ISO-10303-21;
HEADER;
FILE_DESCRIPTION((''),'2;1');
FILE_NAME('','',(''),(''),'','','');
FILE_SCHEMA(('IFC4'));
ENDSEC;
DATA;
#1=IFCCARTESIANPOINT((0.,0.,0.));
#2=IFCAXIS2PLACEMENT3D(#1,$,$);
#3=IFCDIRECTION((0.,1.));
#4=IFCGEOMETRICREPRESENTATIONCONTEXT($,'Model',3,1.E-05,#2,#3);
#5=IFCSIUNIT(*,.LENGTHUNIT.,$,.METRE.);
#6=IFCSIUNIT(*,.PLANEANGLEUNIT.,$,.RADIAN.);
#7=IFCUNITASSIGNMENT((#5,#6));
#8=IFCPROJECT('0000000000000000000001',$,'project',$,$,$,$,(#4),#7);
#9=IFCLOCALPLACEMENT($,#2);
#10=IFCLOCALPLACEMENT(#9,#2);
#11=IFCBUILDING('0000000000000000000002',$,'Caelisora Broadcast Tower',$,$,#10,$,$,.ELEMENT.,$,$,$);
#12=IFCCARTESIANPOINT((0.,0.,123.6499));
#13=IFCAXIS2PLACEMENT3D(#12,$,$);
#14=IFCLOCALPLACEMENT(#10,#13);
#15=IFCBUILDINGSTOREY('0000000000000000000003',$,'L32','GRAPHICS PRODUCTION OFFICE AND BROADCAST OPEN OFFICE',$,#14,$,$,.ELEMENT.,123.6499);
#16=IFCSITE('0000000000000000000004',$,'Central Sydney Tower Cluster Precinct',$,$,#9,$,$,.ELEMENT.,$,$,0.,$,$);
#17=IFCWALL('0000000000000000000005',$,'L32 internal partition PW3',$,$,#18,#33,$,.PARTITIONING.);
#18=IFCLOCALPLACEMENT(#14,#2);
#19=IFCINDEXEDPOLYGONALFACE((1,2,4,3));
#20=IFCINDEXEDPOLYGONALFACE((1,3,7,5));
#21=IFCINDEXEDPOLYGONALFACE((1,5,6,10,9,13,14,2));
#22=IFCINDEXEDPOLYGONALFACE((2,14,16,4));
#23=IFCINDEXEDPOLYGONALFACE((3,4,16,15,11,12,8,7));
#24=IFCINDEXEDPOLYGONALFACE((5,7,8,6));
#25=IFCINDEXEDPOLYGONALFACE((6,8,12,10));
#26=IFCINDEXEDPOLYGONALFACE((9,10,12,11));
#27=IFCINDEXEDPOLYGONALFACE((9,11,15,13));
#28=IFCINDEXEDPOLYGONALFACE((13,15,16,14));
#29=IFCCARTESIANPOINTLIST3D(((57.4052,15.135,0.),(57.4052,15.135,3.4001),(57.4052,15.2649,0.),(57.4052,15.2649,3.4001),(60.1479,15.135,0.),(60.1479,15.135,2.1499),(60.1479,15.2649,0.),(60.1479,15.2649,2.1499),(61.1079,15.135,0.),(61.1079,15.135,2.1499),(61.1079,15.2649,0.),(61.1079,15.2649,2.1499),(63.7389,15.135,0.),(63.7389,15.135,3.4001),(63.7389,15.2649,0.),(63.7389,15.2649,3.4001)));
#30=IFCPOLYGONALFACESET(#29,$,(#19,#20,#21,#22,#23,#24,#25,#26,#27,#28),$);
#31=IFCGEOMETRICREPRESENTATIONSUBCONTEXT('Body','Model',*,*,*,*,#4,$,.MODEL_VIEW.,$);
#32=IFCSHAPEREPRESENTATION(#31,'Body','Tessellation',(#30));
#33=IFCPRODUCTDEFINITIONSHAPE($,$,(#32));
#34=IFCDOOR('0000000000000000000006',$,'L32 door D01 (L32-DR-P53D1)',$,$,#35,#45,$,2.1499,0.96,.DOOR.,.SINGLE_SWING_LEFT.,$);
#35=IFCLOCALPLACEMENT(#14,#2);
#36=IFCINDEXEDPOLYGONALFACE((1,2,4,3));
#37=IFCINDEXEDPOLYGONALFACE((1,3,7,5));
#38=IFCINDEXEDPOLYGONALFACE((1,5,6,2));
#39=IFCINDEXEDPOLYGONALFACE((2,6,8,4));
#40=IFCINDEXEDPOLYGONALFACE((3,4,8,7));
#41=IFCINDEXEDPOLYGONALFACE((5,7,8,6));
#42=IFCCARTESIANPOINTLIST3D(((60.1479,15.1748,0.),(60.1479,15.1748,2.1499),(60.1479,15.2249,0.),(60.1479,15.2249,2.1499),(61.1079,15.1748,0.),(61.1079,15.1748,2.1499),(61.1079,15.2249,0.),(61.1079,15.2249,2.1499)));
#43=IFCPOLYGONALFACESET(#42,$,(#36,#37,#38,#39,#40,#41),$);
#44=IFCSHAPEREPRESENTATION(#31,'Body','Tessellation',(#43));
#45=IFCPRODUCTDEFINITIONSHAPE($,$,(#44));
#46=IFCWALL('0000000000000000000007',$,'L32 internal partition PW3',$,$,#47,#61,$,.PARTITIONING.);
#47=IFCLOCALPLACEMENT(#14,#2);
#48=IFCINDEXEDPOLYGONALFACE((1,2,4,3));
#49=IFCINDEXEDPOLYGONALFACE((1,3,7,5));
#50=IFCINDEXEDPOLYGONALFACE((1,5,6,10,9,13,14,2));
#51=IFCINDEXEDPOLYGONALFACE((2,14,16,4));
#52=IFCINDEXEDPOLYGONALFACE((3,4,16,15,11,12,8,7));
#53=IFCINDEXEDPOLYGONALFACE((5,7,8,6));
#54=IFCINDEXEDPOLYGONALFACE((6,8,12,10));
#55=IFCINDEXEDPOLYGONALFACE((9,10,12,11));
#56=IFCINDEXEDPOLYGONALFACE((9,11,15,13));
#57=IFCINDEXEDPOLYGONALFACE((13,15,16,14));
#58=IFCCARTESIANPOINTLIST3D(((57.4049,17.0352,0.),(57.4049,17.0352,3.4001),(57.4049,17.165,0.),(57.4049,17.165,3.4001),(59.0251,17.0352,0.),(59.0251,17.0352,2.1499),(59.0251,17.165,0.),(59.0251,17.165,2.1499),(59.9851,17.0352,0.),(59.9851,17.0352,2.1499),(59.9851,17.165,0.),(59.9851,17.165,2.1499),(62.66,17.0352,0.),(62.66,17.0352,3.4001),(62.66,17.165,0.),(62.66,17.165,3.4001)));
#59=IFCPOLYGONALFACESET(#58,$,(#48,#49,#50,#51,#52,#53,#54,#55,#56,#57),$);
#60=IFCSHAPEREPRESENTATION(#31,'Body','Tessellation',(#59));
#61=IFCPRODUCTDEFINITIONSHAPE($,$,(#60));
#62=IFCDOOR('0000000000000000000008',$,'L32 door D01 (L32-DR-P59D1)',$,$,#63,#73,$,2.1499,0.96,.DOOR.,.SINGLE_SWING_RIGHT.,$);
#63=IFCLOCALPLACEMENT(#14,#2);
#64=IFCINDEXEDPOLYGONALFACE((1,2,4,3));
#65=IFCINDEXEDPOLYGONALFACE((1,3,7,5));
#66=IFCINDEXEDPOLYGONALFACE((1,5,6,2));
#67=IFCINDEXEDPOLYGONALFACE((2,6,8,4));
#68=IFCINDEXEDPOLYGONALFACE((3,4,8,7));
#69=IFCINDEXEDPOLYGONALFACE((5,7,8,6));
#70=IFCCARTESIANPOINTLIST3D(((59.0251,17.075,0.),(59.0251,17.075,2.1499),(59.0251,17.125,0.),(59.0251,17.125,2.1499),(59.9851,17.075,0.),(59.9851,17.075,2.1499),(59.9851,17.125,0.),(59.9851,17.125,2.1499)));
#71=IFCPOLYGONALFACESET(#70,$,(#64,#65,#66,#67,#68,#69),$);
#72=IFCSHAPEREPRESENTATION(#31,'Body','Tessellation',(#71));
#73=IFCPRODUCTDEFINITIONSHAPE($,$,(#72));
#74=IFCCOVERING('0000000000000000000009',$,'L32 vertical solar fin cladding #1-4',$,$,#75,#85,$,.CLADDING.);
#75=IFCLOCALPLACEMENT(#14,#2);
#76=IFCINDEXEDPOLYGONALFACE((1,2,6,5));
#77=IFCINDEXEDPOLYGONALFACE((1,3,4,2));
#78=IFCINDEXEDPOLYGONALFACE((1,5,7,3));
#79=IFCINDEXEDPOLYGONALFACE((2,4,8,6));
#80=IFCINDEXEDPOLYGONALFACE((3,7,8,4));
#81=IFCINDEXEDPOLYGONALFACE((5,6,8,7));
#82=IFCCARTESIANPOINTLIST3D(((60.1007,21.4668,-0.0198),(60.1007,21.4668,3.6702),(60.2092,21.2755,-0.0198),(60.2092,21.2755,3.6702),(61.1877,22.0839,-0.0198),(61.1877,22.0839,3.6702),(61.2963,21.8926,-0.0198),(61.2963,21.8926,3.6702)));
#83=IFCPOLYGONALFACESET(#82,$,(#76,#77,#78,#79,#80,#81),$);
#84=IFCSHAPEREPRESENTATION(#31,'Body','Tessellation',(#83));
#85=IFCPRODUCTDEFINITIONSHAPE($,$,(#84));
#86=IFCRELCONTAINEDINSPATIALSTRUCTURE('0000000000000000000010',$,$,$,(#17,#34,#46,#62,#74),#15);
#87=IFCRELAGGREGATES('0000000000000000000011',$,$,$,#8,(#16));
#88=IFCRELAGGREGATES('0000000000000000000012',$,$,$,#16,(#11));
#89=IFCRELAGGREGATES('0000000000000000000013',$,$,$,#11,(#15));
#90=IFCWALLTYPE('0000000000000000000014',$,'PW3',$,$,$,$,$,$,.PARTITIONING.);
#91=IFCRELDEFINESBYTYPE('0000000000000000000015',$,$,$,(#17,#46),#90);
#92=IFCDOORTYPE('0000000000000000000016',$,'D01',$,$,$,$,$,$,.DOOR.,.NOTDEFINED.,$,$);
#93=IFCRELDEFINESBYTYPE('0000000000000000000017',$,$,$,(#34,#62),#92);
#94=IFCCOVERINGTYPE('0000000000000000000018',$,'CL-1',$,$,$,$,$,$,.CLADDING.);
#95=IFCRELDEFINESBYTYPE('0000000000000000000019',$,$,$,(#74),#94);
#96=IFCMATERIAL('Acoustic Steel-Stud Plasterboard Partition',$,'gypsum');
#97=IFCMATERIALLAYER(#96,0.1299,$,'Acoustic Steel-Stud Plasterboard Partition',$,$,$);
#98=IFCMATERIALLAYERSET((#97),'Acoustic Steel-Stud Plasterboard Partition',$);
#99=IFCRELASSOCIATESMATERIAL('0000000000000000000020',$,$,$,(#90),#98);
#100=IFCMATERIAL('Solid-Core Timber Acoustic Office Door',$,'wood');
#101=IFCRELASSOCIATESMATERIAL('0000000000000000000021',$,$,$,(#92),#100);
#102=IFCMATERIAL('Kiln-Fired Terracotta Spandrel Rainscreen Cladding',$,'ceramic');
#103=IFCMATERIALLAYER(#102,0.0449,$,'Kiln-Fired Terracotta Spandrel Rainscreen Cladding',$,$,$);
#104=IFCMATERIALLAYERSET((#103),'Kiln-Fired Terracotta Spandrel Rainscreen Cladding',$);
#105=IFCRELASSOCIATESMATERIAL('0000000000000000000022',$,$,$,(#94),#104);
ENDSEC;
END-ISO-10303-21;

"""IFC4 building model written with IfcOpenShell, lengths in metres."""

from ifc_helpers import new_model, si_unit, direction, frame, frame_2d, origin, origin_2d, place, context, subcontext, project, spatial, rectangle, extrude, source, transform, mapped, material, layer, layer_set, type_object, type_shapes, element, fill, save


model = new_model("IFC4")

# Units and contexts
model_context = context("Model", 3, precision=1e-05, world=origin(), true_north=direction((0.0, 1.0)))
body_context = subcontext(model_context, "Body", "Model", "MODEL_VIEW")
ifc_project = project(units=[si_unit("LENGTHUNIT", "METRE"), si_unit("PLANEANGLEUNIT", "RADIAN")], contexts=[model_context])

# Site, building, storey
site_placement = place(None, origin())
site = spatial("IfcSite", under=ifc_project, at=site_placement, Name="Central Sydney Tower Cluster Precinct", CompositionType="ELEMENT", RefElevation=0.0)
building_placement = place(site_placement, origin())
building = spatial("IfcBuilding", under=site, at=building_placement, Name="Caelisora Broadcast Tower", CompositionType="ELEMENT")
storey_placement = place(building_placement, frame((0.0, 0.0, 123.6499)))
storey = spatial("IfcBuildingStorey", under=building, at=storey_placement, Name="L32", Description="GRAPHICS PRODUCTION OFFICE AND BROADCAST OPEN OFFICE", CompositionType="ELEMENT", Elevation=123.6499)

# Shared definitions
ifc_material_1 = material(Name="Acoustic Steel-Stud Plasterboard Partition", Category="gypsum")
ifc_layer_1 = layer(ifc_material_1, 0.1299, Name="Acoustic Steel-Stud Plasterboard Partition")
ifc_layer_set_1 = layer_set([ifc_layer_1], Name="Acoustic Steel-Stud Plasterboard Partition")
wall_type_1 = type_object("IfcWallType", Name="PW3", PredefinedType="PARTITIONING", material=ifc_layer_set_1)

# Walls, openings, doors
wall_1_placement = place(storey_placement, frame((57.405, 15.2, 0.0), z_axis=(0.0, 0.0, 1.0), x_axis=(1.0, 0.0, 0.0)))
wall_1 = element("IfcWall", 1, at=wall_1_placement, inside=storey, type_object=wall_type_1, Name="L32 internal partition PW3", PredefinedType="PARTITIONING", context=body_context, shape_type="SweptSolid", body=[
    extrude(rectangle(XDim=6.3337, YDim=0.1299, at=frame_2d((3.167, 0.0))), origin(), (0.0, 0.0, 1.0), 3.4001),
])
opening_1_placement = place(wall_1_placement, frame((2.7429, 0.0, 0.0)))
opening_1 = element("IfcOpeningElement", 2, at=opening_1_placement, cuts=wall_1, PredefinedType="OPENING", context=body_context, shape_type="SweptSolid", body=[
    extrude(rectangle(XDim=0.96, YDim=2.1499, at=frame_2d((0.48, 1.075))), frame((0.0, 0.0769, 0.0), z_axis=(0.0, -1.0, 0.0), x_axis=(1.0, 0.0, 0.0)), (0.0, 0.0, 1.0), 0.1538),
])
ifc_material_2 = material(Name="Solid-Core Timber Acoustic Office Door", Category="wood")
door_type = type_object("IfcDoorType", Name="D01", OperationType="NOTDEFINED", PredefinedType="DOOR", material=ifc_material_2)
door_1_placement = place(opening_1_placement, origin())
door_1 = element("IfcDoor", 3, at=door_1_placement, inside=storey, type_object=door_type, Name="L32 door D01 (L32-DR-P53D1)", OperationType="SINGLE_SWING_LEFT", OverallHeight=2.1499, OverallWidth=0.96, PredefinedType="DOOR", context=body_context, shape_type="SweptSolid", body=[
    extrude(rectangle(XDim=0.96, YDim=2.1499, at=frame_2d((0.48, 1.075))), frame((0.0, 0.0249, 0.0), z_axis=(0.0, -1.0, 0.0), x_axis=(1.0, 0.0, 0.0)), (0.0, 0.0, 1.0), 0.05),
])
fill(opening_1, door_1)
wall_2_placement = place(storey_placement, frame((57.405, 17.1001, 0.0), z_axis=(0.0, 0.0, 1.0), x_axis=(1.0, 0.0, 0.0)))
wall_2 = element("IfcWall", 4, at=wall_2_placement, inside=storey, type_object=wall_type_1, Name="L32 internal partition PW3", PredefinedType="PARTITIONING", context=body_context, shape_type="SweptSolid", body=[
    extrude(rectangle(XDim=5.2551, YDim=0.1299, at=frame_2d((2.6274, 0.0))), origin(), (0.0, 0.0, 1.0), 3.4001),
])
opening_2_placement = place(wall_2_placement, frame((1.6201, 0.0, 0.0)))
opening_2 = element("IfcOpeningElement", 5, at=opening_2_placement, cuts=wall_2, PredefinedType="OPENING", context=body_context, shape_type="SweptSolid", body=[
    extrude(rectangle(XDim=0.96, YDim=2.1499, at=frame_2d((0.48, 1.075))), frame((0.0, 0.0769, 0.0), z_axis=(0.0, -1.0, 0.0), x_axis=(1.0, 0.0, 0.0)), (0.0, 0.0, 1.0), 0.1538),
])
door_2_placement = place(opening_2_placement, origin())
door_2 = element("IfcDoor", 6, at=door_2_placement, inside=storey, type_object=door_type, Name="L32 door D01 (L32-DR-P59D1)", OperationType="SINGLE_SWING_RIGHT", OverallHeight=2.1499, OverallWidth=0.96, PredefinedType="DOOR", context=body_context, shape_type="SweptSolid", body=[
    extrude(rectangle(XDim=0.96, YDim=2.1499, at=frame_2d((0.48, 1.075))), frame((0.0, 0.0249, 0.0), z_axis=(0.0, -1.0, 0.0), x_axis=(1.0, 0.0, 0.0)), (0.0, 0.0, 1.0), 0.05),
])
fill(opening_2, door_2)

# Covering
ifc_material_3 = material(Name="Kiln-Fired Terracotta Spandrel Rainscreen Cladding", Category="ceramic")
ifc_layer_2 = layer(ifc_material_3, 0.0449, Name="Kiln-Fired Terracotta Spandrel Rainscreen Cladding")
ifc_layer_set_2 = layer_set([ifc_layer_2], Name="Kiln-Fired Terracotta Spandrel Rainscreen Cladding")
covering_type = type_object("IfcCoveringType", Name="CL-1", PredefinedType="CLADDING", material=ifc_layer_set_2)
shared_shape_1 = source(origin(), body_context, "Body", "SweptSolid", [
    extrude(rectangle(XDim=0.22, YDim=1.25, at=origin_2d()), origin(), (0.0, 0.0, 1.0), 3.6899),
])
type_shapes(covering_type, [shared_shape_1])
covering_placement = place(storey_placement, frame((60.6985, 21.6797, -0.0198), z_axis=(0.0, 0.0, 1.0), x_axis=(0.493638, -0.869667, 0.0)))
element("IfcCovering", 7, at=covering_placement, inside=storey, type_object=covering_type, Name="L32 vertical solar fin cladding #1-4", PredefinedType="CLADDING", context=body_context, shape_type="MappedRepresentation", body=[
    mapped(shared_shape_1, transform((0.0, 0.0, 0.0), scale=1.0)),
])

save(model, "model.ifc")
